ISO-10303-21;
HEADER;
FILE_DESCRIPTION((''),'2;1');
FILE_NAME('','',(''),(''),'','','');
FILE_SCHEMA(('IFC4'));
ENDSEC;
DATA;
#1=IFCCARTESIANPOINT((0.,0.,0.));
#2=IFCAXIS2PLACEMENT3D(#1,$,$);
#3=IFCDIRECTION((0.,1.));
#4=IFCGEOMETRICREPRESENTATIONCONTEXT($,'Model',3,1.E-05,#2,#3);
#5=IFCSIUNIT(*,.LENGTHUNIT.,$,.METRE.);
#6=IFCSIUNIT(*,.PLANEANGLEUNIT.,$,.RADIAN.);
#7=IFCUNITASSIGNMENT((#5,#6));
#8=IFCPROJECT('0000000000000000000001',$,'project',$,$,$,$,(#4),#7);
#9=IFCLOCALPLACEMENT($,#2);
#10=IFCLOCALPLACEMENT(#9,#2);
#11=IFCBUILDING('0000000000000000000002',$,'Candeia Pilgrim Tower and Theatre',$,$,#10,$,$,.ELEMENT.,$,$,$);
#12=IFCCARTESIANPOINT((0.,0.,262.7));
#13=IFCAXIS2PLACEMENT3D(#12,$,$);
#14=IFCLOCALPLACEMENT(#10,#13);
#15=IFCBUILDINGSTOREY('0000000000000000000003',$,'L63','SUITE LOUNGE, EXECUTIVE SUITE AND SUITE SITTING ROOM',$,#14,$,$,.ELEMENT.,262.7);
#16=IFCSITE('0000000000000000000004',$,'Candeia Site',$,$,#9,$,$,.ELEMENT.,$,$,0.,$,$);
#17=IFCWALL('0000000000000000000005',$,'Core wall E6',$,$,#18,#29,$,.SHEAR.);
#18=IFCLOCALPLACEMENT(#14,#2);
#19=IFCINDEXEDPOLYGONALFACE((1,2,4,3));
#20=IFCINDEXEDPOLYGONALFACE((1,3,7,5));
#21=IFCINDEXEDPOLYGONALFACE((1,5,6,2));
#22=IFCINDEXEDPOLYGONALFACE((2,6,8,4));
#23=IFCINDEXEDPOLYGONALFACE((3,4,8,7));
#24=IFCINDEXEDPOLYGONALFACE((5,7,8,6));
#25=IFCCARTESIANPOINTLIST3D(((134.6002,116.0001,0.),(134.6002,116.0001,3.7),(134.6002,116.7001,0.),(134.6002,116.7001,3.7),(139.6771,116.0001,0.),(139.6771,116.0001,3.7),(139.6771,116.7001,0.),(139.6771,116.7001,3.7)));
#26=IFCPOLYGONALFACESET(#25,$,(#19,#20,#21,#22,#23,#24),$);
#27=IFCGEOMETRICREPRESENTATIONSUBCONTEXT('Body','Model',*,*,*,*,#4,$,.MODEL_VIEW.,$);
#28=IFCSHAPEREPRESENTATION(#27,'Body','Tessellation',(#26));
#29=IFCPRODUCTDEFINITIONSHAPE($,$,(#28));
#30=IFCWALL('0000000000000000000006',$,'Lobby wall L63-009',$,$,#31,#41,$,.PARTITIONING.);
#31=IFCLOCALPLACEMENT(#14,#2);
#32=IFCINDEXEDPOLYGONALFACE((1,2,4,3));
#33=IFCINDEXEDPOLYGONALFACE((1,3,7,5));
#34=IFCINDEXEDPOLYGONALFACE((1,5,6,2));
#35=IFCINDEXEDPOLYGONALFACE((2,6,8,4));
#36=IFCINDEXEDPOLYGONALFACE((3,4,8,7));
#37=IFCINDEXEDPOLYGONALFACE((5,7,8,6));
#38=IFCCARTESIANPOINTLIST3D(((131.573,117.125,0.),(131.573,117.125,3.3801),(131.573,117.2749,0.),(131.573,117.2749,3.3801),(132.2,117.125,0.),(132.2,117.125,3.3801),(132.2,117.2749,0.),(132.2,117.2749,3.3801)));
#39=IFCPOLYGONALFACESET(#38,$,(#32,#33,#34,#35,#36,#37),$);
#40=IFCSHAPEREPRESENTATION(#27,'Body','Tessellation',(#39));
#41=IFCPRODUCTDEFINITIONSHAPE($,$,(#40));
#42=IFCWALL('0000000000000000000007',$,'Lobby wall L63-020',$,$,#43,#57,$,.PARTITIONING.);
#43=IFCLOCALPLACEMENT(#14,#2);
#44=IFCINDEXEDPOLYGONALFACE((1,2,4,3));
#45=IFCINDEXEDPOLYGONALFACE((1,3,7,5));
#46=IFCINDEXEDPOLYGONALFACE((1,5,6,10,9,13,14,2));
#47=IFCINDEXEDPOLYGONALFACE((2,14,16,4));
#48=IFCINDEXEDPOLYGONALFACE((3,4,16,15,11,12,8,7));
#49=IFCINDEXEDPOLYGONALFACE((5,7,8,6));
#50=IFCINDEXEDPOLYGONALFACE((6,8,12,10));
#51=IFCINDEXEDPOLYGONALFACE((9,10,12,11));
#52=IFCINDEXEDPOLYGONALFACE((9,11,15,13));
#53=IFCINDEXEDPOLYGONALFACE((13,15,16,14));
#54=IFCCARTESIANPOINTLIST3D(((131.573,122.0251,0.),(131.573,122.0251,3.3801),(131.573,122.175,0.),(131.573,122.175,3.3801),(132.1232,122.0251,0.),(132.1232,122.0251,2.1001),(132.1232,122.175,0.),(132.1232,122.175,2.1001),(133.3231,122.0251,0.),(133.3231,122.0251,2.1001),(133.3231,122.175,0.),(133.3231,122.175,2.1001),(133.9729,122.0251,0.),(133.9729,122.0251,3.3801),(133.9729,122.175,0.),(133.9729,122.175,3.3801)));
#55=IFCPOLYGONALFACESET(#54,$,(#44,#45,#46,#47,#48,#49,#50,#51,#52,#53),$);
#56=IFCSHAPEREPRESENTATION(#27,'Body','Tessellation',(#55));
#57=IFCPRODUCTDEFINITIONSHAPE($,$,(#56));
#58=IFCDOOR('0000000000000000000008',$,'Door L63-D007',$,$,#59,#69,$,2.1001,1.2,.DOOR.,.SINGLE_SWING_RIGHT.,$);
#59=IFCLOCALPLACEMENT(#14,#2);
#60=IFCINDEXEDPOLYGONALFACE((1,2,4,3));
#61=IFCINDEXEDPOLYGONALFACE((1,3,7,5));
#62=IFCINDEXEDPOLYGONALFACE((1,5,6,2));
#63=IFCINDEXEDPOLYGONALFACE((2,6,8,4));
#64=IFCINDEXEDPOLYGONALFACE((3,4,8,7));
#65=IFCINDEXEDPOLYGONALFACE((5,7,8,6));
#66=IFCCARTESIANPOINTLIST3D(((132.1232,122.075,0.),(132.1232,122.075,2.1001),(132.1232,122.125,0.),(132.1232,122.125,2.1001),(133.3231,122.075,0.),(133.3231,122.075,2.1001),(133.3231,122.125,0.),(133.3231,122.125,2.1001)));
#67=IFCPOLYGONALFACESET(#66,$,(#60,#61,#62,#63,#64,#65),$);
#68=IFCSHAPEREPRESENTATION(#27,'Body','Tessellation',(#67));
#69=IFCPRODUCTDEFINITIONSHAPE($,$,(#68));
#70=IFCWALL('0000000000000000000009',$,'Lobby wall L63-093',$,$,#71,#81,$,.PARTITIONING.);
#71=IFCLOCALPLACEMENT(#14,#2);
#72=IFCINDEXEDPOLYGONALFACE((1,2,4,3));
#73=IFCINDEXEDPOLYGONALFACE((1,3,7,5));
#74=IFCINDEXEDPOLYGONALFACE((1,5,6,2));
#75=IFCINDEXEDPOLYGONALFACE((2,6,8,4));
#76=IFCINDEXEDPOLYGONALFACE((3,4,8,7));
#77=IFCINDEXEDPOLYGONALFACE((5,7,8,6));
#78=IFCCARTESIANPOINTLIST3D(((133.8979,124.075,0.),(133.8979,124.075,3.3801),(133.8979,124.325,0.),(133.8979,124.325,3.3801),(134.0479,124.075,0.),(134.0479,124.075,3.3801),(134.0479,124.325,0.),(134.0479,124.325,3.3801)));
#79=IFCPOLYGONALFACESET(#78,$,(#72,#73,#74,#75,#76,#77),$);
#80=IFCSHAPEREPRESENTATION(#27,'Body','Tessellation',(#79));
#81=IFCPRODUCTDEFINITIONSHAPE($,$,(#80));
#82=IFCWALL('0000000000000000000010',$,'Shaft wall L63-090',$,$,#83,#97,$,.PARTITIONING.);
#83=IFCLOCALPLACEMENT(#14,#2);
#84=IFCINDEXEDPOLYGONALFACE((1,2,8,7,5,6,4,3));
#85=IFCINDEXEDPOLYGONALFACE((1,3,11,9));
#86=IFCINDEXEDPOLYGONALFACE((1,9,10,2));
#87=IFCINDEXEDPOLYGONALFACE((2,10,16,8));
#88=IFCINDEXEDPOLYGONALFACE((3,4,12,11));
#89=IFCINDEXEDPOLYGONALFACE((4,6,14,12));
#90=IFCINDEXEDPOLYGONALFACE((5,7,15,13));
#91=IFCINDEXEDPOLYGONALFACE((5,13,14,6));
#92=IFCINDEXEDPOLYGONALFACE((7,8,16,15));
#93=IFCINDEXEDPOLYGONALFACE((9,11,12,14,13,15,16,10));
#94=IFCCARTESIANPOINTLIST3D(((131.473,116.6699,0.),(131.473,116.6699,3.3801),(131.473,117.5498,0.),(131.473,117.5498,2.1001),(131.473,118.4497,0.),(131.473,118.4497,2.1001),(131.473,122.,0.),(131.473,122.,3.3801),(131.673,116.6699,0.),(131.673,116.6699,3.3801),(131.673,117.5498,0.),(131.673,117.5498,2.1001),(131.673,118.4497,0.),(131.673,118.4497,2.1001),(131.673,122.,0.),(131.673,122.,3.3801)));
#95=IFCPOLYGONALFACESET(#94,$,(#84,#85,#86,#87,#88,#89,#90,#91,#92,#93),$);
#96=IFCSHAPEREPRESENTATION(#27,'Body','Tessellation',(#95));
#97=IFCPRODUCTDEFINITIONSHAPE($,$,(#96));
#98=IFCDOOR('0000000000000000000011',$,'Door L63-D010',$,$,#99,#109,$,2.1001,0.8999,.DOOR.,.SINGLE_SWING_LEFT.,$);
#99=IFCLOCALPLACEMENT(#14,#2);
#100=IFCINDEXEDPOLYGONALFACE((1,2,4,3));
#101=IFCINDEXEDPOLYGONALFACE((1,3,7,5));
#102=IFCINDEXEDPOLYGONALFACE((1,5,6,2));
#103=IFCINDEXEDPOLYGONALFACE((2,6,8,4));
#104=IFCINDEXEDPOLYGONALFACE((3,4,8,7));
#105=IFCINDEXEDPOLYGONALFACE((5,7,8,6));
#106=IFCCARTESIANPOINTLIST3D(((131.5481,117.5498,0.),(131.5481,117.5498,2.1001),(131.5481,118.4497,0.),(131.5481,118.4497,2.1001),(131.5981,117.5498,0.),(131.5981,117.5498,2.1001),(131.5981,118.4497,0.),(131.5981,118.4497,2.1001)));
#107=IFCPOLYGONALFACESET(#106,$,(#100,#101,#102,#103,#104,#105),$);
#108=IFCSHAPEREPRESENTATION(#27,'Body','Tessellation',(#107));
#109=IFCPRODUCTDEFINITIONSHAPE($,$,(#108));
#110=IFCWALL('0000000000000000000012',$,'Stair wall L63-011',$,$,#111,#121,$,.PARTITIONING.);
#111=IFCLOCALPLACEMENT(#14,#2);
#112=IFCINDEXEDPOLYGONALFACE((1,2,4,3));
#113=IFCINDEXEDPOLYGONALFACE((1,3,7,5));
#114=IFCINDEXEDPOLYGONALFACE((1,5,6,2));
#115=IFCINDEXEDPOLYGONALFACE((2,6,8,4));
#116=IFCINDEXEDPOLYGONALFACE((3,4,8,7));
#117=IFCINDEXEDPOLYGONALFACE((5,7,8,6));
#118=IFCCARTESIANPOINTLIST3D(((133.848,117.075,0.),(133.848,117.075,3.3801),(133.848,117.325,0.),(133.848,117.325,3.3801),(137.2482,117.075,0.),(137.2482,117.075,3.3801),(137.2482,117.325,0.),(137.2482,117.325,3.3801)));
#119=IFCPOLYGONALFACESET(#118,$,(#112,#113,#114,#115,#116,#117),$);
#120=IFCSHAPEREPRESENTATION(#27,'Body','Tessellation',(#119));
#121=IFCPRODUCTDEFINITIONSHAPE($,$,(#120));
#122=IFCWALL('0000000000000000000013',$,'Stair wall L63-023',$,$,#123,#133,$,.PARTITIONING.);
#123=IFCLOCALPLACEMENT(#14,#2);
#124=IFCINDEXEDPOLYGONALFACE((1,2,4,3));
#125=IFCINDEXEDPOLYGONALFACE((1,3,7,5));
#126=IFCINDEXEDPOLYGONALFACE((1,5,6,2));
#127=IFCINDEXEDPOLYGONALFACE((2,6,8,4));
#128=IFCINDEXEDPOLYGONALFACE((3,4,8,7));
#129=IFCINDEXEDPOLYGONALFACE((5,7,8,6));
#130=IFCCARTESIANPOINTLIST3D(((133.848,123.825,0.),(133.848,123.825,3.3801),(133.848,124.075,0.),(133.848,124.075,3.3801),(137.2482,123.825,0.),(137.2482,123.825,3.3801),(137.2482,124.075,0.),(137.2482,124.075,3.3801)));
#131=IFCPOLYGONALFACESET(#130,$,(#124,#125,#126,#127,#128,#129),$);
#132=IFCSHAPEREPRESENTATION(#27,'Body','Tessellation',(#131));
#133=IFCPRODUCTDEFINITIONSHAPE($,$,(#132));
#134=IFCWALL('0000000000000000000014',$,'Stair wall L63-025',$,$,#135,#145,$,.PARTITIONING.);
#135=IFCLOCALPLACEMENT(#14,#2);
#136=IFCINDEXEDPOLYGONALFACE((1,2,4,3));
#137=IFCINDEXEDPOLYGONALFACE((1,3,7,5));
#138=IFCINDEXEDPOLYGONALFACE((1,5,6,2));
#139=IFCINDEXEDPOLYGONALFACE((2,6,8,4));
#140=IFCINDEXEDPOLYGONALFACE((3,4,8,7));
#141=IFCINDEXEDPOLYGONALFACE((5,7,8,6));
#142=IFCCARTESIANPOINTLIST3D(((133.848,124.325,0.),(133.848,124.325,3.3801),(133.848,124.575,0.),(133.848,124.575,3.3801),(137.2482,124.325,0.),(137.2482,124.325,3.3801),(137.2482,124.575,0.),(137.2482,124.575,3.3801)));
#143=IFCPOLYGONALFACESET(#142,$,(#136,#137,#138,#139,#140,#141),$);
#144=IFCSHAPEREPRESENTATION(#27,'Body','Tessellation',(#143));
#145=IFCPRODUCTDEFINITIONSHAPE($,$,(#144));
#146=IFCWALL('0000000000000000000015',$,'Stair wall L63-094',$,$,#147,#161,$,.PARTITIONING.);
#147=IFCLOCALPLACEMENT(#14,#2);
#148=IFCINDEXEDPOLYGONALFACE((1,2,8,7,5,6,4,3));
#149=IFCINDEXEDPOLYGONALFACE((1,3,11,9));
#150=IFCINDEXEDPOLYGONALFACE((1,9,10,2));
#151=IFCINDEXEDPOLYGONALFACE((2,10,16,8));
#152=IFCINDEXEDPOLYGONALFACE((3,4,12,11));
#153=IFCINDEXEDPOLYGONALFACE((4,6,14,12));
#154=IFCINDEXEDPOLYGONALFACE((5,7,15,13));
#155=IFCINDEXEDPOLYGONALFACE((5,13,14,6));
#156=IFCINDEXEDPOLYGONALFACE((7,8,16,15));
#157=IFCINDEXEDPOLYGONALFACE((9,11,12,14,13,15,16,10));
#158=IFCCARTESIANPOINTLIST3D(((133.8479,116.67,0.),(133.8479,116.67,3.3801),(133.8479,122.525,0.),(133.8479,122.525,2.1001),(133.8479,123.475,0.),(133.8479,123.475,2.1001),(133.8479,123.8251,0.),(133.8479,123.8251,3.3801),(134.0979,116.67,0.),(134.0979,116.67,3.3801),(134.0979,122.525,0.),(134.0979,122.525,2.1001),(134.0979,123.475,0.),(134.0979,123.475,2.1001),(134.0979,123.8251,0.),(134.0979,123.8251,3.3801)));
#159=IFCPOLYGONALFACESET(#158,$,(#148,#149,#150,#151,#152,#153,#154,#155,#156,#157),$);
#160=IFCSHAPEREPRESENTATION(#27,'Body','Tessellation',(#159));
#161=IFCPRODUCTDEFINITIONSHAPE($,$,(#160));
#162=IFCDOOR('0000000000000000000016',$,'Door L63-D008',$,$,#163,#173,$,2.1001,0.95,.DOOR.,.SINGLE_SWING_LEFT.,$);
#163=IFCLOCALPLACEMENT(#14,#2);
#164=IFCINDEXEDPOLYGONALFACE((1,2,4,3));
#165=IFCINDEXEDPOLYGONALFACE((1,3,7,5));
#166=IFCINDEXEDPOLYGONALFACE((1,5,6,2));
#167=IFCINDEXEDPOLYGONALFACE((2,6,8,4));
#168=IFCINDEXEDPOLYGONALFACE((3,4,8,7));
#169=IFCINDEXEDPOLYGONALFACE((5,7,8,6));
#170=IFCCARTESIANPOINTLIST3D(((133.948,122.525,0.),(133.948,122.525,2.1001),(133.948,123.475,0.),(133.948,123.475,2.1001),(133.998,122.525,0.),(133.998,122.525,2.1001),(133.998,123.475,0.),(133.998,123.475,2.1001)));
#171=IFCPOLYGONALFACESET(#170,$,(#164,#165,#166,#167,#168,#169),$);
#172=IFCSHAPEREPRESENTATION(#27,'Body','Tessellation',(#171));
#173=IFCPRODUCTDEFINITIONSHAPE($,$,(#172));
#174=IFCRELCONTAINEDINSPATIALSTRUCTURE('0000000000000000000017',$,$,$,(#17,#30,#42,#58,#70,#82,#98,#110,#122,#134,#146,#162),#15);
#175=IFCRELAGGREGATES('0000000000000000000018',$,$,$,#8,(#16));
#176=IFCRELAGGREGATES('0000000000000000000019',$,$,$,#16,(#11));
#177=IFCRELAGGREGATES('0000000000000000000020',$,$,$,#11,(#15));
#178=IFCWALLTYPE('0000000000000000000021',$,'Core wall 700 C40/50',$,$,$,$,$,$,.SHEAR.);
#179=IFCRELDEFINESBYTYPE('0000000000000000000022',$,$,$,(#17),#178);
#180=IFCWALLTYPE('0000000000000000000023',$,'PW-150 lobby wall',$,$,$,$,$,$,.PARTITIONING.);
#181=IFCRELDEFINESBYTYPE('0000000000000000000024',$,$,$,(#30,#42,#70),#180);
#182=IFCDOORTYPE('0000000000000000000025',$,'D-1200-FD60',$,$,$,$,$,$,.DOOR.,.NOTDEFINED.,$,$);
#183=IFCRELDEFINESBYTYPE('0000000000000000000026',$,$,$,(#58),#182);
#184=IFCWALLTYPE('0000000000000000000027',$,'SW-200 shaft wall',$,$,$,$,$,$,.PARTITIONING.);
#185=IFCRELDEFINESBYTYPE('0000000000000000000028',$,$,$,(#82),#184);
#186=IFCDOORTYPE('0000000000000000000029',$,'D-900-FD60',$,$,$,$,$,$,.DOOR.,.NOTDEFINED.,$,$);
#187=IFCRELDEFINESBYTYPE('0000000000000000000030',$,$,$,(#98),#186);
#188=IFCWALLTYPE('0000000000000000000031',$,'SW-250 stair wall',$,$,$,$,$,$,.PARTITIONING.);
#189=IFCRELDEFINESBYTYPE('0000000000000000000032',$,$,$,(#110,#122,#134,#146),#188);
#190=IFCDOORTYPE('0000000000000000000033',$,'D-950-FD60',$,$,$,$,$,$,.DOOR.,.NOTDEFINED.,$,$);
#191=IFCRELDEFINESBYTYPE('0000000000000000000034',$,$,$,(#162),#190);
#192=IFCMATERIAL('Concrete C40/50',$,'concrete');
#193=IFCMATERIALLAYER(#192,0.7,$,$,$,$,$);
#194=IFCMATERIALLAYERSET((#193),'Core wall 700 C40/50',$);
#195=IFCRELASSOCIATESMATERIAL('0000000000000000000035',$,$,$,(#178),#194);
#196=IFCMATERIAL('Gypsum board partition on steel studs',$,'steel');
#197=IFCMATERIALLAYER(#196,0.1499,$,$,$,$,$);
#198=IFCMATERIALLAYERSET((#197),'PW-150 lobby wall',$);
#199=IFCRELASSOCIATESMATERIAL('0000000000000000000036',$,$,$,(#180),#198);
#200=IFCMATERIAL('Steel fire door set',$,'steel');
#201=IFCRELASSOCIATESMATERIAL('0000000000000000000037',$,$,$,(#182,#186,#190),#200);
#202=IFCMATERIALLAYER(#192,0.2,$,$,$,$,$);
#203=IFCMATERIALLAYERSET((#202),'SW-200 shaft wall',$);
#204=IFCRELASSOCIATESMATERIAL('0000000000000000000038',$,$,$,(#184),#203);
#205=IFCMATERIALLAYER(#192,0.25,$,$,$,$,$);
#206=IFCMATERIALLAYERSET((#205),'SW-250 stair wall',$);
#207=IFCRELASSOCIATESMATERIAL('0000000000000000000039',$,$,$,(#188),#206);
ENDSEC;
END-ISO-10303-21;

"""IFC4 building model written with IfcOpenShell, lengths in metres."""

from ifc_helpers import new_model, si_unit, direction, frame, frame_2d, origin, place, context, subcontext, project, spatial, rectangle, extrude, material, layer, layer_set, type_object, element, fill, save


model = new_model("IFC4")

# Units and contexts
model_context = context("Model", 3, precision=1e-05, world=origin(), true_north=direction((0.0, 1.0)))
body_context = subcontext(model_context, "Body", "Model", "MODEL_VIEW")
ifc_project = project(units=[si_unit("LENGTHUNIT", "METRE"), si_unit("PLANEANGLEUNIT", "RADIAN")], contexts=[model_context])

# Site, building, storey
site_placement = place(None, origin())
site = spatial("IfcSite", under=ifc_project, at=site_placement, Name="Candeia Site", CompositionType="ELEMENT", RefElevation=0.0)
building_placement = place(site_placement, origin())
building = spatial("IfcBuilding", under=site, at=building_placement, Name="Candeia Pilgrim Tower and Theatre", CompositionType="ELEMENT")
storey_placement = place(building_placement, frame((0.0, 0.0, 262.7)))
storey = spatial("IfcBuildingStorey", under=building, at=storey_placement, Name="L63", Description="SUITE LOUNGE, EXECUTIVE SUITE AND SUITE SITTING ROOM", CompositionType="ELEMENT", Elevation=262.7)

# Walls
ifc_material_1 = material(Name="Concrete C40/50", Category="concrete")
ifc_layer_1 = layer(ifc_material_1, 0.7)
ifc_layer_set_1 = layer_set([ifc_layer_1], Name="Core wall 700 C40/50")
wall_type_1 = type_object("IfcWallType", Name="Core wall 700 C40/50", PredefinedType="SHEAR", material=ifc_layer_set_1)
wall_1_placement = place(storey_placement, frame((134.6001, 116.3501, 0.0), z_axis=(0.0, 0.0, 1.0), x_axis=(1.0, 0.0, 0.0)))
element("IfcWall", 1, at=wall_1_placement, inside=storey, type_object=wall_type_1, Name="Core wall E6", PredefinedType="SHEAR", context=body_context, shape_type="SweptSolid", body=[
    extrude(rectangle(XDim=5.0769, YDim=0.7, at=frame_2d((2.5386, 0.0))), origin(), (0.0, 0.0, 1.0), 3.7),
])
ifc_material_2 = material(Name="Gypsum board partition on steel studs", Category="steel")
ifc_layer_2 = layer(ifc_material_2, 0.1499)
ifc_layer_set_2 = layer_set([ifc_layer_2], Name="PW-150 lobby wall")
wall_type_2 = type_object("IfcWallType", Name="PW-150 lobby wall", PredefinedType="PARTITIONING", material=ifc_layer_set_2)
wall_2_placement = place(storey_placement, frame((131.573, 117.2, 0.0), z_axis=(0.0, 0.0, 1.0), x_axis=(1.0, 0.0, 0.0)))
element("IfcWall", 2, at=wall_2_placement, inside=storey, type_object=wall_type_2, Name="Lobby wall L63-009", PredefinedType="PARTITIONING", context=body_context, shape_type="SweptSolid", body=[
    extrude(rectangle(XDim=0.627, YDim=0.1499, at=frame_2d((0.3135, 0.0))), origin(), (0.0, 0.0, 1.0), 3.3801),
])

# Wall, opening, door
wall_3_placement = place(storey_placement, frame((131.573, 122.1001, 0.0), z_axis=(0.0, 0.0, 1.0), x_axis=(1.0, 0.0, 0.0)))
wall_3 = element("IfcWall", 3, at=wall_3_placement, inside=storey, type_object=wall_type_2, Name="Lobby wall L63-020", PredefinedType="PARTITIONING", context=body_context, shape_type="SweptSolid", body=[
    extrude(rectangle(XDim=2.3999, YDim=0.1499, at=frame_2d((1.2, 0.0))), origin(), (0.0, 0.0, 1.0), 3.3801),
])
opening_1_placement = place(wall_3_placement, frame((0.55, 0.0, 0.0)))
opening_1 = element("IfcOpeningElement", 4, at=opening_1_placement, cuts=wall_3, PredefinedType="OPENING", context=body_context, shape_type="SweptSolid", body=[
    extrude(rectangle(XDim=1.2, YDim=2.1001, at=frame_2d((0.6001, 1.05))), frame((0.0, 0.085, 0.0), z_axis=(0.0, -1.0, 0.0), x_axis=(1.0, 0.0, 0.0)), (0.0, 0.0, 1.0), 0.1699),
])
ifc_material_3 = material(Name="Steel fire door set", Category="steel")
door_type_1 = type_object("IfcDoorType", Name="D-1200-FD60", OperationType="NOTDEFINED", PredefinedType="DOOR", material=ifc_material_3)
door_1_placement = place(opening_1_placement, origin())
door_1 = element("IfcDoor", 5, at=door_1_placement, inside=storey, type_object=door_type_1, Name="Door L63-D007", OperationType="SINGLE_SWING_RIGHT", OverallHeight=2.1001, OverallWidth=1.2, PredefinedType="DOOR", context=body_context, shape_type="SweptSolid", body=[
    extrude(rectangle(XDim=1.2, YDim=2.1001, at=frame_2d((0.6001, 1.05))), frame((0.0, 0.0249, 0.0), z_axis=(0.0, -1.0, 0.0), x_axis=(1.0, 0.0, 0.0)), (0.0, 0.0, 1.0), 0.05),
])
fill(opening_1, door_1)

# Wall
wall_4_placement = place(storey_placement, frame((133.9729, 124.075, 0.0), z_axis=(0.0, 0.0, 1.0), x_axis=(0.0, 1.0, 0.0)))
element("IfcWall", 6, at=wall_4_placement, inside=storey, type_object=wall_type_2, Name="Lobby wall L63-093", PredefinedType="PARTITIONING", context=body_context, shape_type="SweptSolid", body=[
    extrude(rectangle(XDim=0.25, YDim=0.1499, at=frame_2d((0.125, 0.0))), origin(), (0.0, 0.0, 1.0), 3.3801),
])

# Wall, opening, door
ifc_layer_3 = layer(ifc_material_1, 0.2)
ifc_layer_set_3 = layer_set([ifc_layer_3], Name="SW-200 shaft wall")
wall_type_3 = type_object("IfcWallType", Name="SW-200 shaft wall", PredefinedType="PARTITIONING", material=ifc_layer_set_3)
wall_5_placement = place(storey_placement, frame((131.573, 116.6699, 0.0), z_axis=(0.0, 0.0, 1.0), x_axis=(0.0, 1.0, 0.0)))
wall_5 = element("IfcWall", 7, at=wall_5_placement, inside=storey, type_object=wall_type_3, Name="Shaft wall L63-090", PredefinedType="PARTITIONING", context=body_context, shape_type="SweptSolid", body=[
    extrude(rectangle(XDim=5.3301, YDim=0.2, at=frame_2d((2.665, 0.0))), origin(), (0.0, 0.0, 1.0), 3.3801),
])
opening_2_placement = place(wall_5_placement, frame((0.8799, 0.0, 0.0)))
opening_2 = element("IfcOpeningElement", 8, at=opening_2_placement, cuts=wall_5, PredefinedType="OPENING", context=body_context, shape_type="SweptSolid", body=[
    extrude(rectangle(XDim=0.8999, YDim=2.1001, at=frame_2d((0.45, 1.05))), frame((0.0, 0.1099, 0.0), z_axis=(0.0, -1.0, 0.0), x_axis=(1.0, 0.0, 0.0)), (0.0, 0.0, 1.0), 0.22),
])
door_type_2 = type_object("IfcDoorType", Name="D-900-FD60", OperationType="NOTDEFINED", PredefinedType="DOOR", material=ifc_material_3)
door_2_placement = place(opening_2_placement, origin())
door_2 = element("IfcDoor", 9, at=door_2_placement, inside=storey, type_object=door_type_2, Name="Door L63-D010", OperationType="SINGLE_SWING_LEFT", OverallHeight=2.1001, OverallWidth=0.8999, PredefinedType="DOOR", context=body_context, shape_type="SweptSolid", body=[
    extrude(rectangle(XDim=0.8999, YDim=2.1001, at=frame_2d((0.45, 1.05))), frame((0.0, 0.0249, 0.0), z_axis=(0.0, -1.0, 0.0), x_axis=(1.0, 0.0, 0.0)), (0.0, 0.0, 1.0), 0.05),
])
fill(opening_2, door_2)

# Walls
ifc_layer_4 = layer(ifc_material_1, 0.25)
ifc_layer_set_4 = layer_set([ifc_layer_4], Name="SW-250 stair wall")
wall_type_4 = type_object("IfcWallType", Name="SW-250 stair wall", PredefinedType="PARTITIONING", material=ifc_layer_set_4)
for number, where, z_axis, x_axis, name in (
    (10, (133.8479, 117.2, 0.0), (0.0, 0.0, 1.0), (1.0, 0.0, 0.0), "Stair wall L63-011"),
    (11, (133.8479, 123.95, 0.0), (0.0, 0.0, 1.0), (1.0, 0.0, 0.0), "Stair wall L63-023"),
    (12, (133.8479, 124.45, 0.0), (0.0, 0.0, 1.0), (1.0, 0.0, 0.0), "Stair wall L63-025"),
):
    element("IfcWall", number, at=place(storey_placement, frame(where, z_axis=z_axis, x_axis=x_axis)), inside=storey, type_object=wall_type_4, Name=name, PredefinedType="PARTITIONING", context=body_context, shape_type="SweptSolid", body=[
        extrude(rectangle(XDim=3.4001, YDim=0.25, at=frame_2d((1.7002, 0.0))), origin(), (0.0, 0.0, 1.0), 3.3801),
    ])

# Wall, opening, door
wall_6_placement = place(storey_placement, frame((133.9729, 116.6699, 0.0), z_axis=(0.0, 0.0, 1.0), x_axis=(0.0, 1.0, 0.0)))
wall_6 = element("IfcWall", 13, at=wall_6_placement, inside=storey, type_object=wall_type_4, Name="Stair wall L63-094", PredefinedType="PARTITIONING", context=body_context, shape_type="SweptSolid", body=[
    extrude(rectangle(XDim=7.155, YDim=0.25, at=frame_2d((3.5776, 0.0))), origin(), (0.0, 0.0, 1.0), 3.3801),
])
opening_3_placement = place(wall_6_placement, frame((5.855, 0.0, 0.0)))
opening_3 = element("IfcOpeningElement", 14, at=opening_3_placement, cuts=wall_6, PredefinedType="OPENING", context=body_context, shape_type="SweptSolid", body=[
    extrude(rectangle(XDim=0.95, YDim=2.1001, at=frame_2d((0.4751, 1.05))), frame((0.0, 0.135, 0.0), z_axis=(0.0, -1.0, 0.0), x_axis=(1.0, 0.0, 0.0)), (0.0, 0.0, 1.0), 0.27),
])
door_type_3 = type_object("IfcDoorType", Name="D-950-FD60", OperationType="NOTDEFINED", PredefinedType="DOOR", material=ifc_material_3)
door_3_placement = place(opening_3_placement, origin())
door_3 = element("IfcDoor", 15, at=door_3_placement, inside=storey, type_object=door_type_3, Name="Door L63-D008", OperationType="SINGLE_SWING_LEFT", OverallHeight=2.1001, OverallWidth=0.95, PredefinedType="DOOR", context=body_context, shape_type="SweptSolid", body=[
    extrude(rectangle(XDim=0.95, YDim=2.1001, at=frame_2d((0.4751, 1.05))), frame((0.0, 0.0249, 0.0), z_axis=(0.0, -1.0, 0.0), x_axis=(1.0, 0.0, 0.0)), (0.0, 0.0, 1.0), 0.05),
])
fill(opening_3, door_3)

save(model, "model.ifc")
